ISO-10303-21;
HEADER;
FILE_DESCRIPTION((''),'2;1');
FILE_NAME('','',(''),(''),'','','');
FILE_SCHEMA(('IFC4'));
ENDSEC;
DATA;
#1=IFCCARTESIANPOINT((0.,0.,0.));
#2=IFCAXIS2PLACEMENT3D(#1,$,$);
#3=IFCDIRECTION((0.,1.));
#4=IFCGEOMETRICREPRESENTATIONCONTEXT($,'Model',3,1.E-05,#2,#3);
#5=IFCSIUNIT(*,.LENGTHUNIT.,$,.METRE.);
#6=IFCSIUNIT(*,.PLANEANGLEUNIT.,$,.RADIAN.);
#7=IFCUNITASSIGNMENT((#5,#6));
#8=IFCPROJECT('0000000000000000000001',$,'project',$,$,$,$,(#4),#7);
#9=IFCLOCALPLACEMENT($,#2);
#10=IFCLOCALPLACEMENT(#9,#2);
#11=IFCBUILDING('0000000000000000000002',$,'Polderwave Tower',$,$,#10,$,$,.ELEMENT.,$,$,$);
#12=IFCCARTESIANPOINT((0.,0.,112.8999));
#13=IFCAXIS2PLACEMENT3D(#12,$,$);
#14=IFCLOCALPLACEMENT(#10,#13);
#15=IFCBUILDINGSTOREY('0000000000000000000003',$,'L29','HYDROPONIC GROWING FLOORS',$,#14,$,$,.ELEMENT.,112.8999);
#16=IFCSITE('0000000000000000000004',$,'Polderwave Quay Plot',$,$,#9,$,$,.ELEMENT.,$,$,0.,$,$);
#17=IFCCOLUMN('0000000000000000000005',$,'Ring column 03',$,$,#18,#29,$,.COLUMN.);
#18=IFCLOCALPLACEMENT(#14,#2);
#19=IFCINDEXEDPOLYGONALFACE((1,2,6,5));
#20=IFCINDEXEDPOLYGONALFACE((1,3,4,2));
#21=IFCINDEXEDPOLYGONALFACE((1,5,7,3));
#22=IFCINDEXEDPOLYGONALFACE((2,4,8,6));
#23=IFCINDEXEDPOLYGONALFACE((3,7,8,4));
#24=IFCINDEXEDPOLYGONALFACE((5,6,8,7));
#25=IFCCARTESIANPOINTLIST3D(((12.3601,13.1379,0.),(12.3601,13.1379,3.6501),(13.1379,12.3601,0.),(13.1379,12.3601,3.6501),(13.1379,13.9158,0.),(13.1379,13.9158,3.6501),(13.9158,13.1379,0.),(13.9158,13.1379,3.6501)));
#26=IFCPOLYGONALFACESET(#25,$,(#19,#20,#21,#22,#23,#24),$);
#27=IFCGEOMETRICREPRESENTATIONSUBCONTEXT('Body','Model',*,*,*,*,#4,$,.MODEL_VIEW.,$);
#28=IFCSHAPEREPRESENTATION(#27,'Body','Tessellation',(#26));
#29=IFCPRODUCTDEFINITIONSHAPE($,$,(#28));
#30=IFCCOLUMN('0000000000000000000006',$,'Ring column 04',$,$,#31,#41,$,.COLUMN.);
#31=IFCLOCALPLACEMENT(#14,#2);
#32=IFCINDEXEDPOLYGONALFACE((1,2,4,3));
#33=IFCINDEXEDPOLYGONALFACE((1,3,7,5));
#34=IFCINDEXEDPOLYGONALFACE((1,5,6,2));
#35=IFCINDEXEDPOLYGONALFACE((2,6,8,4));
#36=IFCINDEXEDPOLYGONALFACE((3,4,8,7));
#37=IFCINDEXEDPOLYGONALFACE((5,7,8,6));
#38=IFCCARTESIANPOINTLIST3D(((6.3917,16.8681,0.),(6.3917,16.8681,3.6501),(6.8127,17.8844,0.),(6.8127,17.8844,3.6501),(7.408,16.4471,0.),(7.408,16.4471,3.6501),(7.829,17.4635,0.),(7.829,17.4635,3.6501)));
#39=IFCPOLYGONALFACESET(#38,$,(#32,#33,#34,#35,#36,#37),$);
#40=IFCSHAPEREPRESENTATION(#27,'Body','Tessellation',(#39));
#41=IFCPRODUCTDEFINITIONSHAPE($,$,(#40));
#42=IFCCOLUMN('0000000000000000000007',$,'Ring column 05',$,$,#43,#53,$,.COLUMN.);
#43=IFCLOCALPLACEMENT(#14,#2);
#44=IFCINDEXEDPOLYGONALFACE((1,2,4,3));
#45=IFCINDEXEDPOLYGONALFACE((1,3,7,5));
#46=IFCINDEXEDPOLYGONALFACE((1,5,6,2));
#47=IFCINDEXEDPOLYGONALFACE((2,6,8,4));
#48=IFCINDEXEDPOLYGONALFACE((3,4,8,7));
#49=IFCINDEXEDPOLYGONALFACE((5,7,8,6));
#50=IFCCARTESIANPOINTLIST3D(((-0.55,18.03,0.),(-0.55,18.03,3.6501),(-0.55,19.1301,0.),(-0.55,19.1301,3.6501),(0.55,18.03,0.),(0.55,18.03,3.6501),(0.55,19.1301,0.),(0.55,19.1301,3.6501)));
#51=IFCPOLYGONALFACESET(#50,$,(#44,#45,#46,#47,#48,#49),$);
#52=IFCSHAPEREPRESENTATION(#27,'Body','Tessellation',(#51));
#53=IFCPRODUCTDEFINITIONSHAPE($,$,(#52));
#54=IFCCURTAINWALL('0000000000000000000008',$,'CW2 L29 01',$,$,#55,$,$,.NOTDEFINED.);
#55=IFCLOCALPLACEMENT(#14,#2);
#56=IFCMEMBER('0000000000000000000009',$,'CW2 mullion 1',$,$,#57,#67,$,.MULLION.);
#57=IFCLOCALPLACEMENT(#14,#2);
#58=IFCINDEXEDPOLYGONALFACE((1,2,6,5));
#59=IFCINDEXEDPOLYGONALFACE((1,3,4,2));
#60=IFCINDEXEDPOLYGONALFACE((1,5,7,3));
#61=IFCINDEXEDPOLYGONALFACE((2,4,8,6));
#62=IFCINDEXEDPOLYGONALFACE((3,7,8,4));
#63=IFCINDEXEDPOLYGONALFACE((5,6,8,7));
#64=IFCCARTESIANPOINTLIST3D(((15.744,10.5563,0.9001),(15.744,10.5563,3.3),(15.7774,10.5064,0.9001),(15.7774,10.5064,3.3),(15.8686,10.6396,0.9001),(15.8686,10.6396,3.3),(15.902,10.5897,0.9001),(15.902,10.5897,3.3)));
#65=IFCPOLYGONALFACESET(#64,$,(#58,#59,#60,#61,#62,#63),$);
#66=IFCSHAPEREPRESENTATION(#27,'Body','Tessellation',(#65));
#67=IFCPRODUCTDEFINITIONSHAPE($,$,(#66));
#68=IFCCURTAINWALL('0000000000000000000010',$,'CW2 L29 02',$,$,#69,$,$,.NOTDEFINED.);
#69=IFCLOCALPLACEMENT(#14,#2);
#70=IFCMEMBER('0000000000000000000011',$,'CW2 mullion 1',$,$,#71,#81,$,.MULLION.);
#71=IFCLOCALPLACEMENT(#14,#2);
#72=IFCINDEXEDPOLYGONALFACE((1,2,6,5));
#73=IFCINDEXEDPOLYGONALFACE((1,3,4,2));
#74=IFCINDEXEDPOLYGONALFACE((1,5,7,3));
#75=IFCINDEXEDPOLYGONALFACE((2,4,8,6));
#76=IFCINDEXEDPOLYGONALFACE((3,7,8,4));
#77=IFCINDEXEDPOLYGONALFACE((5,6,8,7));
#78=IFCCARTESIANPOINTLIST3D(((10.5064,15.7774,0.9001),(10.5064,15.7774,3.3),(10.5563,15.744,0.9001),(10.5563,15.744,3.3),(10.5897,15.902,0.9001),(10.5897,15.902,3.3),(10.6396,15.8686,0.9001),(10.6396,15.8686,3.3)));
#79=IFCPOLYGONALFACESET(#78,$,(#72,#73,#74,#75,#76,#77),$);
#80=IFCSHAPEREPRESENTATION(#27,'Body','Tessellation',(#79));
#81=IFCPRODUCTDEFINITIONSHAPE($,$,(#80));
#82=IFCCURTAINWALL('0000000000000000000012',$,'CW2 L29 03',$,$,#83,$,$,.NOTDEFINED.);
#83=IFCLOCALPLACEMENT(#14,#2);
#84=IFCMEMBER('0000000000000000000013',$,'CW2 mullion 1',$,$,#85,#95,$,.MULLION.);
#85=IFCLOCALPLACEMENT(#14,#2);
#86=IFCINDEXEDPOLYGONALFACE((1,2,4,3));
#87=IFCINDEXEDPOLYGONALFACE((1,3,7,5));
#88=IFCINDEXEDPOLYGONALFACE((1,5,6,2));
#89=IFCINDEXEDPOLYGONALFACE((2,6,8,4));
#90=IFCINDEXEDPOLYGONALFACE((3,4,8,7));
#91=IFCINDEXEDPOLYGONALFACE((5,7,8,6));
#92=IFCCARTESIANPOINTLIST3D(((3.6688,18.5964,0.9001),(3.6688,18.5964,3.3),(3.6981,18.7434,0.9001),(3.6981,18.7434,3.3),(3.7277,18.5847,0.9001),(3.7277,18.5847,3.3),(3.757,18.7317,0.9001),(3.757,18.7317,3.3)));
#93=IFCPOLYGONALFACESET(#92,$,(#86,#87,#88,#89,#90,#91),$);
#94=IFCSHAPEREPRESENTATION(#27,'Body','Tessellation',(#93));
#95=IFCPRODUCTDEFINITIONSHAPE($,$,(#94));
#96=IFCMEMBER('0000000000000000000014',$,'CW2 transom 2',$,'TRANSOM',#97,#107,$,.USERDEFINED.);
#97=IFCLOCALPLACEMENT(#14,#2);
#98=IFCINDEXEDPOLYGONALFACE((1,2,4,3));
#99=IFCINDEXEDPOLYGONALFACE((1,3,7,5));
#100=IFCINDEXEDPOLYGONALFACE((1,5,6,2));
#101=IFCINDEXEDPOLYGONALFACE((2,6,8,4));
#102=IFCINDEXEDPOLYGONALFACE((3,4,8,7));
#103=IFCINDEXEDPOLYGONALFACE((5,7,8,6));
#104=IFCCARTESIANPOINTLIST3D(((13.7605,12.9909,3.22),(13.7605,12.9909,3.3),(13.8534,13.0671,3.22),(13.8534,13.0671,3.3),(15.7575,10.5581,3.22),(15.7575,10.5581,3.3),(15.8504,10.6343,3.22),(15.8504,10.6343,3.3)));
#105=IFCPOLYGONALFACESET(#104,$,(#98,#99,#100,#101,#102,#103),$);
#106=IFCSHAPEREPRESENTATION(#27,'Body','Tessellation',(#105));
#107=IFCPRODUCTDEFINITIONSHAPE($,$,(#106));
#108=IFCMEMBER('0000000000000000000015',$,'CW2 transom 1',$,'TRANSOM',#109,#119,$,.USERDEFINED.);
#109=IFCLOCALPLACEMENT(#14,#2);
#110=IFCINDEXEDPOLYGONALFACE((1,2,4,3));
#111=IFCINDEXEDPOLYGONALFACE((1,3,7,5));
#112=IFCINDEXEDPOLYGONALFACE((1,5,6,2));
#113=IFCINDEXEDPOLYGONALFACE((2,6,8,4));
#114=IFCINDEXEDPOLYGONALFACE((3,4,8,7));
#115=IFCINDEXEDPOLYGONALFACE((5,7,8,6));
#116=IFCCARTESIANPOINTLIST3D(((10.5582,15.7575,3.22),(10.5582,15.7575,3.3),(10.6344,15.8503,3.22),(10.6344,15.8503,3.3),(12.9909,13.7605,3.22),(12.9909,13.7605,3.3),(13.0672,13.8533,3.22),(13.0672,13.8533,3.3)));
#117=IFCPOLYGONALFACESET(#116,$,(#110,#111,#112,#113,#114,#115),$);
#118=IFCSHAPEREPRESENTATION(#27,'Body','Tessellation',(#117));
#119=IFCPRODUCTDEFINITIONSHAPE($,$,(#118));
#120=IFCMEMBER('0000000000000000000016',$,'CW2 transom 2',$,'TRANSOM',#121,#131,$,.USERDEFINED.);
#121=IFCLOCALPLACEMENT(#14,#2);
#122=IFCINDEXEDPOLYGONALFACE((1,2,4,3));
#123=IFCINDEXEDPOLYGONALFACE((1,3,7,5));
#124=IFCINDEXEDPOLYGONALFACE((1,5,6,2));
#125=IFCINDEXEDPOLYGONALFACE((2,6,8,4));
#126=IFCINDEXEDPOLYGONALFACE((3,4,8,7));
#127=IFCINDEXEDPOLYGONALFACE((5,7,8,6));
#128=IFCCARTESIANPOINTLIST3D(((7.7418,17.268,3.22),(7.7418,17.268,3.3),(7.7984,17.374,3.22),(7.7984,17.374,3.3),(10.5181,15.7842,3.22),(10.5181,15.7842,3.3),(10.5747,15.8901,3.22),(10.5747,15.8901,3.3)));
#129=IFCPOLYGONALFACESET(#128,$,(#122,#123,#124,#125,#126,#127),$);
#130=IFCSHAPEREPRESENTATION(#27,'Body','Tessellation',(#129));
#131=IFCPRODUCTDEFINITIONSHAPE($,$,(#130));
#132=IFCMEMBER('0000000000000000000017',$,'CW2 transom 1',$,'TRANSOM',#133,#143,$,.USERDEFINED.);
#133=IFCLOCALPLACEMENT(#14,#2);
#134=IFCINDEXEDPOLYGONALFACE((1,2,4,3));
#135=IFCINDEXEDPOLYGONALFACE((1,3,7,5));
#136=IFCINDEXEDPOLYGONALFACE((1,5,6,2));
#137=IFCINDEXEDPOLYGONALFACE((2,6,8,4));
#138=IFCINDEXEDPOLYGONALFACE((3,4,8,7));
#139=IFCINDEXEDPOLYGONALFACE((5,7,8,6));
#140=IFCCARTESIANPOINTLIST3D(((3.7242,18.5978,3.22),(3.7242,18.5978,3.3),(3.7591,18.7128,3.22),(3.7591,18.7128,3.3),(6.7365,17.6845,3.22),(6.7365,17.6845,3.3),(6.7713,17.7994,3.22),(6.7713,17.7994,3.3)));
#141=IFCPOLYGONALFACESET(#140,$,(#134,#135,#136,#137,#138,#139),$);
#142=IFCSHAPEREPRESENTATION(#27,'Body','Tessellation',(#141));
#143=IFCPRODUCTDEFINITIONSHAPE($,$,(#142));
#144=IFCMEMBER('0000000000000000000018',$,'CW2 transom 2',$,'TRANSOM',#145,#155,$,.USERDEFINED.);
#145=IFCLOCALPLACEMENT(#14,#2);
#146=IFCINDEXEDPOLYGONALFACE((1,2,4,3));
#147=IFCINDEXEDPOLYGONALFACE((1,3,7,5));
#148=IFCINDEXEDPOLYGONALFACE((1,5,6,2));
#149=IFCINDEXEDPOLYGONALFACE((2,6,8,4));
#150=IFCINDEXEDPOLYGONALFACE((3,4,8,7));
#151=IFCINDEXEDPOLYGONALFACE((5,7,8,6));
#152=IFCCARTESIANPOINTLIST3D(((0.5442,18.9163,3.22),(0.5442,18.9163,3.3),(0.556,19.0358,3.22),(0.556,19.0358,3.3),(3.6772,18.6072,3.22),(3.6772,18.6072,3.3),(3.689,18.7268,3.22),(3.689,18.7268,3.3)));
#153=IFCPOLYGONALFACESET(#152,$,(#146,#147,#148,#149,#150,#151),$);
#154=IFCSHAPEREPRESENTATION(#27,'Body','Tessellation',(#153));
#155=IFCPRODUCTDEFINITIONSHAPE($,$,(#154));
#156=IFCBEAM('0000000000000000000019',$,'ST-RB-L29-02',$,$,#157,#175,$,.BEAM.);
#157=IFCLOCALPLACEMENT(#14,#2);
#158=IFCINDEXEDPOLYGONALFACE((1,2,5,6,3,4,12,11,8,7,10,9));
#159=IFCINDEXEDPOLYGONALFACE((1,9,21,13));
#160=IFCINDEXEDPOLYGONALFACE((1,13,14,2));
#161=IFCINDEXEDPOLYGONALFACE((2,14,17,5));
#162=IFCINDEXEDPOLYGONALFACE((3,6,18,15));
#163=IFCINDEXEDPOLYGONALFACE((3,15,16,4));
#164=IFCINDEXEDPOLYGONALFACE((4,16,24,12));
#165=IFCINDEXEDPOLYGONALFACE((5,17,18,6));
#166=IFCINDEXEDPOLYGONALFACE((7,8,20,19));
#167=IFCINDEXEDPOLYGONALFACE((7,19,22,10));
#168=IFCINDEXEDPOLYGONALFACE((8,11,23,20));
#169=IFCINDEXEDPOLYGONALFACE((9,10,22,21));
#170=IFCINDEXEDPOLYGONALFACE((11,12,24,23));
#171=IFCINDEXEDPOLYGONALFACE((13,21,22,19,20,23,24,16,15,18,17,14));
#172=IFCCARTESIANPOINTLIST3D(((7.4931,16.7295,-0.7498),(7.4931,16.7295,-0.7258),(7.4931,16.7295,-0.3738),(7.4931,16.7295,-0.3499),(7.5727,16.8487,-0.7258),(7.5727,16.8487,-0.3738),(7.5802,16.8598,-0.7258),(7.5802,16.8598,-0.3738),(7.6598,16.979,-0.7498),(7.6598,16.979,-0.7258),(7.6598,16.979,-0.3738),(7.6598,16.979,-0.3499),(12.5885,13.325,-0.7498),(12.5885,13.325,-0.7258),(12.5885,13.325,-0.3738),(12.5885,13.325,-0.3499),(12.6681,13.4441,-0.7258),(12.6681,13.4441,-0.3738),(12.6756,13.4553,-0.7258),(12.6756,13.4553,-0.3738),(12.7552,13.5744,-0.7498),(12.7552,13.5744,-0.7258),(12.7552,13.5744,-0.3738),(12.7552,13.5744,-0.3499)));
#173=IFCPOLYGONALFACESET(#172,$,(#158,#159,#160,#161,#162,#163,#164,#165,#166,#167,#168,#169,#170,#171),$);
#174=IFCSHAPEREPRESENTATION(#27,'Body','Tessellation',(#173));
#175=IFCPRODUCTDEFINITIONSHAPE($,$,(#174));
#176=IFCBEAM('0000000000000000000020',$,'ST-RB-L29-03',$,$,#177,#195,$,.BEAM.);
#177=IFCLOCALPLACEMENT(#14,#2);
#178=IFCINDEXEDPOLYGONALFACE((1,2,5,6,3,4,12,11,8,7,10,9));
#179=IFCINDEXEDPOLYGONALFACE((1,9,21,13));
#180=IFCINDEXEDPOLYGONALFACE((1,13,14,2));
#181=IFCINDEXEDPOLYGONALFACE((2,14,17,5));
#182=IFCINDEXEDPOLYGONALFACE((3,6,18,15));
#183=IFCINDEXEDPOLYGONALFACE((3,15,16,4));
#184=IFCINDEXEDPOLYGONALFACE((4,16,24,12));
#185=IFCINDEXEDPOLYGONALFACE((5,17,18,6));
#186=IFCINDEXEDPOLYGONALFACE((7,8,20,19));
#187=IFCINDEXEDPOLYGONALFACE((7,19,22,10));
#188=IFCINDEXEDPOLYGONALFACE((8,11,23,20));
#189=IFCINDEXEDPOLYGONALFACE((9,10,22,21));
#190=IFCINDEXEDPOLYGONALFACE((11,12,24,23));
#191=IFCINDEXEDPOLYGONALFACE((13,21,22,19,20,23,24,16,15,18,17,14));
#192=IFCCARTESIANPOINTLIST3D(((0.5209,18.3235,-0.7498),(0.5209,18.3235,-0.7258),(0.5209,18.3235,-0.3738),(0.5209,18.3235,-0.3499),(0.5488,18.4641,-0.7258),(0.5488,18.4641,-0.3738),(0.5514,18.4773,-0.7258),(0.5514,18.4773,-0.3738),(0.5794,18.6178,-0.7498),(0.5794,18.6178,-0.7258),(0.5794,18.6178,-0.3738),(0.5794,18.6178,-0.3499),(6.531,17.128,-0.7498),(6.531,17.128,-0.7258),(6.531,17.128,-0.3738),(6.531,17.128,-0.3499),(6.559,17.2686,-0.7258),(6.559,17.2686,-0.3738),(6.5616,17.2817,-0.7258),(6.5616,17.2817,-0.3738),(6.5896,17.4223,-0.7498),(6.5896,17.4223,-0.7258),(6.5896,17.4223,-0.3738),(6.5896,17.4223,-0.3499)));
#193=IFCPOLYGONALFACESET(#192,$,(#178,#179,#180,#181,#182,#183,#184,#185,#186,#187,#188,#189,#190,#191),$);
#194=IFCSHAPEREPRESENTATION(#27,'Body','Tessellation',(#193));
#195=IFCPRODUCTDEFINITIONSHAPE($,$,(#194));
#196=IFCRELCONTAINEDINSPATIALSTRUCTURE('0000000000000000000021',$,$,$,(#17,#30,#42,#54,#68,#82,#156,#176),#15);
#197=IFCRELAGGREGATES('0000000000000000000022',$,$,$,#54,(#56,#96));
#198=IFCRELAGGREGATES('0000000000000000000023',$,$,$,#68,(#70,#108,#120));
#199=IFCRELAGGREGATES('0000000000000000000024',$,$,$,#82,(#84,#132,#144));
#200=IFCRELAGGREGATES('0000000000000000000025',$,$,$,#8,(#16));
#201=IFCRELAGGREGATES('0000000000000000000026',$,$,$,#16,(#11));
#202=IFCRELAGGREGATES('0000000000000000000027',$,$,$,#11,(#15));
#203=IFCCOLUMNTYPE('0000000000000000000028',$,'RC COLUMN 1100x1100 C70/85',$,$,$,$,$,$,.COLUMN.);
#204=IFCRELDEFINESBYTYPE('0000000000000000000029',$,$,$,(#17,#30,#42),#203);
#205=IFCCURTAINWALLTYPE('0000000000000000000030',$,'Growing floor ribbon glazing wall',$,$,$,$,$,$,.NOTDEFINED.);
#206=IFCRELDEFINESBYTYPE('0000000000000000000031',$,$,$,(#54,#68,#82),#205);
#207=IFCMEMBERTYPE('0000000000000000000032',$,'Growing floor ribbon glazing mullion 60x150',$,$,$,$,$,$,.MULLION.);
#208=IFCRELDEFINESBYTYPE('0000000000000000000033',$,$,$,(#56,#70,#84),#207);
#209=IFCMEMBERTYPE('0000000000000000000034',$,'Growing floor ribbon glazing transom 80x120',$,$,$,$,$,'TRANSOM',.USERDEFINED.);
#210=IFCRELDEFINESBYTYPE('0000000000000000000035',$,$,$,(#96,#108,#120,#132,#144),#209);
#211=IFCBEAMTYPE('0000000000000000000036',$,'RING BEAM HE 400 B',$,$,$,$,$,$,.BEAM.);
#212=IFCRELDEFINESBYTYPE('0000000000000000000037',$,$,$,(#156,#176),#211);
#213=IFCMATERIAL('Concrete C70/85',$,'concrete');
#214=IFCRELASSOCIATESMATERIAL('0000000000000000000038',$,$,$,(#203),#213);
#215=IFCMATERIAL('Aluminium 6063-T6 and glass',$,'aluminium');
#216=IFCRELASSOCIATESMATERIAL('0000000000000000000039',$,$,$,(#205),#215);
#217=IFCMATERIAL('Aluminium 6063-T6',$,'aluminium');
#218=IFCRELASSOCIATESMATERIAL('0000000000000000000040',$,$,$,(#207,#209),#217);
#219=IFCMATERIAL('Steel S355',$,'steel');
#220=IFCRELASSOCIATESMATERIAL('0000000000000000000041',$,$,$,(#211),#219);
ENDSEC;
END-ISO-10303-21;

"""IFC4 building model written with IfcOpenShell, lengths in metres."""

from ifc_helpers import new_model, si_unit, direction, frame, origin, origin_2d, place, context, subcontext, project, spatial, rectangle, i_section, extrude, material, material_profile, profile_set, type_object, element, aggregate, save


model = new_model("IFC4")

# Units and contexts
model_context = context("Model", 3, precision=1e-05, world=origin(), true_north=direction((0.0, 1.0)))
body_context = subcontext(model_context, "Body", "Model", "MODEL_VIEW")
ifc_project = project(units=[si_unit("LENGTHUNIT", "METRE"), si_unit("PLANEANGLEUNIT", "RADIAN")], contexts=[model_context])

# Site, building, storey
site_placement = place(None, origin())
site = spatial("IfcSite", under=ifc_project, at=site_placement, Name="Polderwave Quay Plot", CompositionType="ELEMENT", RefElevation=0.0)
building_placement = place(site_placement, origin())
building = spatial("IfcBuilding", under=site, at=building_placement, Name="Polderwave Tower", CompositionType="ELEMENT")
storey_placement = place(building_placement, frame((0.0, 0.0, 112.8999)))
storey = spatial("IfcBuildingStorey", under=building, at=storey_placement, Name="L29", Description="HYDROPONIC GROWING FLOORS", CompositionType="ELEMENT", Elevation=112.8999)

# Columns
ifc_material_1 = material(Name="Concrete C70/85", Category="concrete")
ifc_material_profile_1 = material_profile(ifc_material_1, rectangle(XDim=1.1001, YDim=1.1001, at=origin_2d()), Name="RC 1100x1100")
ifc_profile_set_1 = profile_set([ifc_material_profile_1], Name="Concrete C70/85")
column_type = type_object("IfcColumnType", Name="RC COLUMN 1100x1100 C70/85", PredefinedType="COLUMN", material=ifc_profile_set_1)
for number, where, z_axis, x_axis, name in (
    (1, (13.1379, 13.1379, 0.0), (0.0, 0.0, 1.0), (0.707107, 0.707107, 0.0), "Ring column 03"),
    (2, (7.1104, 17.1658, 0.0), (0.0, 0.0, 1.0), (0.382683, 0.92388, 0.0), "Ring column 04"),
    (3, (0.0, 18.5801, 0.0), (0.0, 0.0, 1.0), (0.0, 1.0, 0.0), "Ring column 05"),
):
    element("IfcColumn", number, at=place(storey_placement, frame(where, z_axis=z_axis, x_axis=x_axis)), inside=storey, type_object=column_type, Name=name, PredefinedType="COLUMN", context=body_context, shape_type="SweptSolid", body=[
        extrude(rectangle(XDim=1.1001, YDim=1.1001, at=origin_2d()), origin(), (0.0, 0.0, 1.0), 3.6501),
    ])

# Curtain walls, members
ifc_material_2 = material(Name="Aluminium 6063-T6 and glass", Category="aluminium")
curtain_wall_type = type_object("IfcCurtainWallType", Name="Growing floor ribbon glazing wall", PredefinedType="NOTDEFINED", material=ifc_material_2)
curtain_wall_1_placement = place(storey_placement, origin())
curtain_wall_1 = element("IfcCurtainWall", 4, at=curtain_wall_1_placement, inside=storey, type_object=curtain_wall_type, Name="CW2 L29 01", PredefinedType="NOTDEFINED")
ifc_material_3 = material(Name="Aluminium 6063-T6", Category="aluminium")
ifc_material_profile_2 = material_profile(ifc_material_3, rectangle(XDim=0.1499, YDim=0.0601, at=origin_2d()), Name="AL 60x150")
ifc_profile_set_2 = profile_set([ifc_material_profile_2], Name="Aluminium 6063-T6")
member_type_1 = type_object("IfcMemberType", Name="Growing floor ribbon glazing mullion 60x150", PredefinedType="MULLION", material=ifc_profile_set_2)
member_1_placement = place(storey_placement, frame((15.823, 10.573, 0.9001), z_axis=(0.0, 0.0, 1.0), x_axis=(-0.83146, -0.555585, 0.0)))
member_1 = element("IfcMember", 5, at=member_1_placement, type_object=member_type_1, Name="CW2 mullion 1", PredefinedType="MULLION", context=body_context, shape_type="SweptSolid", body=[
    extrude(rectangle(XDim=0.1499, YDim=0.0601, at=origin_2d()), origin(), (0.0, 0.0, 1.0), 2.3999),
])
curtain_wall_2_placement = place(storey_placement, origin())
curtain_wall_2 = element("IfcCurtainWall", 6, at=curtain_wall_2_placement, inside=storey, type_object=curtain_wall_type, Name="CW2 L29 02", PredefinedType="NOTDEFINED")
member_2_placement = place(storey_placement, frame((10.573, 15.823, 0.9001), z_axis=(0.0, 0.0, 1.0), x_axis=(-0.555585, -0.83146, 0.0)))
member_2 = element("IfcMember", 7, at=member_2_placement, type_object=member_type_1, Name="CW2 mullion 1", PredefinedType="MULLION", context=body_context, shape_type="SweptSolid", body=[
    extrude(rectangle(XDim=0.1499, YDim=0.0601, at=origin_2d()), origin(), (0.0, 0.0, 1.0), 2.3999),
])
curtain_wall_3_placement = place(storey_placement, origin())
curtain_wall_3 = element("IfcCurtainWall", 8, at=curtain_wall_3_placement, inside=storey, type_object=curtain_wall_type, Name="CW2 L29 03", PredefinedType="NOTDEFINED")
member_3_placement = place(storey_placement, frame((3.7129, 18.6641, 0.9001), z_axis=(0.0, 0.0, 1.0), x_axis=(-0.195092, -0.980785, 0.0)))
member_3 = element("IfcMember", 9, at=member_3_placement, type_object=member_type_1, Name="CW2 mullion 1", PredefinedType="MULLION", context=body_context, shape_type="SweptSolid", body=[
    extrude(rectangle(XDim=0.1499, YDim=0.0601, at=origin_2d()), origin(), (0.0, 0.0, 1.0), 2.3999),
])

# Members
ifc_material_profile_3 = material_profile(ifc_material_3, rectangle(XDim=0.1201, YDim=0.0801, at=origin_2d()), Name="AL 80x120")
ifc_profile_set_3 = profile_set([ifc_material_profile_3], Name="Aluminium 6063-T6")
member_type_2 = type_object("IfcMemberType", Name="Growing floor ribbon glazing transom 80x120", ElementType="TRANSOM", PredefinedType="USERDEFINED", material=ifc_profile_set_3)
member_4_placement = place(storey_placement, frame((15.804, 10.5962, 3.26), z_axis=(-0.634483, 0.772937, 0.0), x_axis=(-0.772937, -0.634483, 0.0)))
member_4 = element("IfcMember", 10, at=member_4_placement, type_object=member_type_2, Name="CW2 transom 2", ObjectType="TRANSOM", PredefinedType="USERDEFINED", context=body_context, shape_type="SweptSolid", body=[
    extrude(rectangle(XDim=0.1201, YDim=0.0801, at=origin_2d()), origin(), (0.0, 0.0, 1.0), 3.1475),
])
member_5_placement = place(storey_placement, frame((13.0291, 13.8069, 3.26), z_axis=(-0.772937, 0.634483, 0.0), x_axis=(-0.634483, -0.772937, 0.0)))
member_5 = element("IfcMember", 11, at=member_5_placement, type_object=member_type_2, Name="CW2 transom 1", ObjectType="TRANSOM", PredefinedType="USERDEFINED", context=body_context, shape_type="SweptSolid", body=[
    extrude(rectangle(XDim=0.1201, YDim=0.0801, at=origin_2d()), origin(), (0.0, 0.0, 1.0), 3.1475),
])
member_6_placement = place(storey_placement, frame((10.5464, 15.8372, 3.26), z_axis=(-0.881936, 0.471369, 0.0), x_axis=(-0.471369, -0.881936, 0.0)))
member_6 = element("IfcMember", 12, at=member_6_placement, type_object=member_type_2, Name="CW2 transom 2", ObjectType="TRANSOM", PredefinedType="USERDEFINED", context=body_context, shape_type="SweptSolid", body=[
    extrude(rectangle(XDim=0.1201, YDim=0.0801, at=origin_2d()), origin(), (0.0, 0.0, 1.0), 3.1479),
])
member_7_placement = place(storey_placement, frame((6.7539, 17.7419, 3.26), z_axis=(-0.956977, 0.290165, 0.0), x_axis=(-0.290165, -0.956977, 0.0)))
member_7 = element("IfcMember", 13, at=member_7_placement, type_object=member_type_2, Name="CW2 transom 1", ObjectType="TRANSOM", PredefinedType="USERDEFINED", context=body_context, shape_type="SweptSolid", body=[
    extrude(rectangle(XDim=0.1201, YDim=0.0801, at=origin_2d()), origin(), (0.0, 0.0, 1.0), 3.1477),
])
member_8_placement = place(storey_placement, frame((3.6831, 18.667, 3.26), z_axis=(-0.995169, 0.098175, 0.0), x_axis=(-0.098175, -0.995169, 0.0)))
member_8 = element("IfcMember", 14, at=member_8_placement, type_object=member_type_2, Name="CW2 transom 2", ObjectType="TRANSOM", PredefinedType="USERDEFINED", context=body_context, shape_type="SweptSolid", body=[
    extrude(rectangle(XDim=0.1201, YDim=0.0801, at=origin_2d()), origin(), (0.0, 0.0, 1.0), 3.1482),
])

# Beams
ifc_material_4 = material(Name="Steel S355", Category="steel")
ifc_material_profile_4 = material_profile(ifc_material_4, i_section(OverallWidth=0.3, OverallDepth=0.3999, WebThickness=0.0134, FlangeThickness=0.0239, at=origin_2d()), Name="HE 400 B")
ifc_profile_set_4 = profile_set([ifc_material_profile_4], Name="Steel S355")
beam_type = type_object("IfcBeamType", Name="RING BEAM HE 400 B", PredefinedType="BEAM", material=ifc_profile_set_4)
beam_1_placement = place(storey_placement, frame((12.6719, 13.4497, -0.5498), z_axis=(-0.83148, 0.555555, 0.0), x_axis=(-0.555555, -0.83148, 0.0)))
element("IfcBeam", 15, at=beam_1_placement, inside=storey, type_object=beam_type, Name="ST-RB-L29-02", PredefinedType="BEAM", context=body_context, shape_type="SweptSolid", body=[
    extrude(i_section(OverallWidth=0.3, OverallDepth=0.3999, WebThickness=0.0134, FlangeThickness=0.0239, at=origin_2d()), origin(), (0.0, 0.0, 1.0), 6.1282),
])
beam_2_placement = place(storey_placement, frame((6.5603, 17.2751, -0.5498), z_axis=(-0.980784, 0.195097, 0.0), x_axis=(-0.195097, -0.980784, 0.0)))
element("IfcBeam", 16, at=beam_2_placement, inside=storey, type_object=beam_type, Name="ST-RB-L29-03", PredefinedType="BEAM", context=body_context, shape_type="SweptSolid", body=[
    extrude(i_section(OverallWidth=0.3, OverallDepth=0.3999, WebThickness=0.0134, FlangeThickness=0.0239, at=origin_2d()), origin(), (0.0, 0.0, 1.0), 6.1279),
])

aggregate(curtain_wall_1, [member_1, member_4])
aggregate(curtain_wall_2, [member_2, member_5, member_6])
aggregate(curtain_wall_3, [member_3, member_7, member_8])

save(model, "model.ifc")
